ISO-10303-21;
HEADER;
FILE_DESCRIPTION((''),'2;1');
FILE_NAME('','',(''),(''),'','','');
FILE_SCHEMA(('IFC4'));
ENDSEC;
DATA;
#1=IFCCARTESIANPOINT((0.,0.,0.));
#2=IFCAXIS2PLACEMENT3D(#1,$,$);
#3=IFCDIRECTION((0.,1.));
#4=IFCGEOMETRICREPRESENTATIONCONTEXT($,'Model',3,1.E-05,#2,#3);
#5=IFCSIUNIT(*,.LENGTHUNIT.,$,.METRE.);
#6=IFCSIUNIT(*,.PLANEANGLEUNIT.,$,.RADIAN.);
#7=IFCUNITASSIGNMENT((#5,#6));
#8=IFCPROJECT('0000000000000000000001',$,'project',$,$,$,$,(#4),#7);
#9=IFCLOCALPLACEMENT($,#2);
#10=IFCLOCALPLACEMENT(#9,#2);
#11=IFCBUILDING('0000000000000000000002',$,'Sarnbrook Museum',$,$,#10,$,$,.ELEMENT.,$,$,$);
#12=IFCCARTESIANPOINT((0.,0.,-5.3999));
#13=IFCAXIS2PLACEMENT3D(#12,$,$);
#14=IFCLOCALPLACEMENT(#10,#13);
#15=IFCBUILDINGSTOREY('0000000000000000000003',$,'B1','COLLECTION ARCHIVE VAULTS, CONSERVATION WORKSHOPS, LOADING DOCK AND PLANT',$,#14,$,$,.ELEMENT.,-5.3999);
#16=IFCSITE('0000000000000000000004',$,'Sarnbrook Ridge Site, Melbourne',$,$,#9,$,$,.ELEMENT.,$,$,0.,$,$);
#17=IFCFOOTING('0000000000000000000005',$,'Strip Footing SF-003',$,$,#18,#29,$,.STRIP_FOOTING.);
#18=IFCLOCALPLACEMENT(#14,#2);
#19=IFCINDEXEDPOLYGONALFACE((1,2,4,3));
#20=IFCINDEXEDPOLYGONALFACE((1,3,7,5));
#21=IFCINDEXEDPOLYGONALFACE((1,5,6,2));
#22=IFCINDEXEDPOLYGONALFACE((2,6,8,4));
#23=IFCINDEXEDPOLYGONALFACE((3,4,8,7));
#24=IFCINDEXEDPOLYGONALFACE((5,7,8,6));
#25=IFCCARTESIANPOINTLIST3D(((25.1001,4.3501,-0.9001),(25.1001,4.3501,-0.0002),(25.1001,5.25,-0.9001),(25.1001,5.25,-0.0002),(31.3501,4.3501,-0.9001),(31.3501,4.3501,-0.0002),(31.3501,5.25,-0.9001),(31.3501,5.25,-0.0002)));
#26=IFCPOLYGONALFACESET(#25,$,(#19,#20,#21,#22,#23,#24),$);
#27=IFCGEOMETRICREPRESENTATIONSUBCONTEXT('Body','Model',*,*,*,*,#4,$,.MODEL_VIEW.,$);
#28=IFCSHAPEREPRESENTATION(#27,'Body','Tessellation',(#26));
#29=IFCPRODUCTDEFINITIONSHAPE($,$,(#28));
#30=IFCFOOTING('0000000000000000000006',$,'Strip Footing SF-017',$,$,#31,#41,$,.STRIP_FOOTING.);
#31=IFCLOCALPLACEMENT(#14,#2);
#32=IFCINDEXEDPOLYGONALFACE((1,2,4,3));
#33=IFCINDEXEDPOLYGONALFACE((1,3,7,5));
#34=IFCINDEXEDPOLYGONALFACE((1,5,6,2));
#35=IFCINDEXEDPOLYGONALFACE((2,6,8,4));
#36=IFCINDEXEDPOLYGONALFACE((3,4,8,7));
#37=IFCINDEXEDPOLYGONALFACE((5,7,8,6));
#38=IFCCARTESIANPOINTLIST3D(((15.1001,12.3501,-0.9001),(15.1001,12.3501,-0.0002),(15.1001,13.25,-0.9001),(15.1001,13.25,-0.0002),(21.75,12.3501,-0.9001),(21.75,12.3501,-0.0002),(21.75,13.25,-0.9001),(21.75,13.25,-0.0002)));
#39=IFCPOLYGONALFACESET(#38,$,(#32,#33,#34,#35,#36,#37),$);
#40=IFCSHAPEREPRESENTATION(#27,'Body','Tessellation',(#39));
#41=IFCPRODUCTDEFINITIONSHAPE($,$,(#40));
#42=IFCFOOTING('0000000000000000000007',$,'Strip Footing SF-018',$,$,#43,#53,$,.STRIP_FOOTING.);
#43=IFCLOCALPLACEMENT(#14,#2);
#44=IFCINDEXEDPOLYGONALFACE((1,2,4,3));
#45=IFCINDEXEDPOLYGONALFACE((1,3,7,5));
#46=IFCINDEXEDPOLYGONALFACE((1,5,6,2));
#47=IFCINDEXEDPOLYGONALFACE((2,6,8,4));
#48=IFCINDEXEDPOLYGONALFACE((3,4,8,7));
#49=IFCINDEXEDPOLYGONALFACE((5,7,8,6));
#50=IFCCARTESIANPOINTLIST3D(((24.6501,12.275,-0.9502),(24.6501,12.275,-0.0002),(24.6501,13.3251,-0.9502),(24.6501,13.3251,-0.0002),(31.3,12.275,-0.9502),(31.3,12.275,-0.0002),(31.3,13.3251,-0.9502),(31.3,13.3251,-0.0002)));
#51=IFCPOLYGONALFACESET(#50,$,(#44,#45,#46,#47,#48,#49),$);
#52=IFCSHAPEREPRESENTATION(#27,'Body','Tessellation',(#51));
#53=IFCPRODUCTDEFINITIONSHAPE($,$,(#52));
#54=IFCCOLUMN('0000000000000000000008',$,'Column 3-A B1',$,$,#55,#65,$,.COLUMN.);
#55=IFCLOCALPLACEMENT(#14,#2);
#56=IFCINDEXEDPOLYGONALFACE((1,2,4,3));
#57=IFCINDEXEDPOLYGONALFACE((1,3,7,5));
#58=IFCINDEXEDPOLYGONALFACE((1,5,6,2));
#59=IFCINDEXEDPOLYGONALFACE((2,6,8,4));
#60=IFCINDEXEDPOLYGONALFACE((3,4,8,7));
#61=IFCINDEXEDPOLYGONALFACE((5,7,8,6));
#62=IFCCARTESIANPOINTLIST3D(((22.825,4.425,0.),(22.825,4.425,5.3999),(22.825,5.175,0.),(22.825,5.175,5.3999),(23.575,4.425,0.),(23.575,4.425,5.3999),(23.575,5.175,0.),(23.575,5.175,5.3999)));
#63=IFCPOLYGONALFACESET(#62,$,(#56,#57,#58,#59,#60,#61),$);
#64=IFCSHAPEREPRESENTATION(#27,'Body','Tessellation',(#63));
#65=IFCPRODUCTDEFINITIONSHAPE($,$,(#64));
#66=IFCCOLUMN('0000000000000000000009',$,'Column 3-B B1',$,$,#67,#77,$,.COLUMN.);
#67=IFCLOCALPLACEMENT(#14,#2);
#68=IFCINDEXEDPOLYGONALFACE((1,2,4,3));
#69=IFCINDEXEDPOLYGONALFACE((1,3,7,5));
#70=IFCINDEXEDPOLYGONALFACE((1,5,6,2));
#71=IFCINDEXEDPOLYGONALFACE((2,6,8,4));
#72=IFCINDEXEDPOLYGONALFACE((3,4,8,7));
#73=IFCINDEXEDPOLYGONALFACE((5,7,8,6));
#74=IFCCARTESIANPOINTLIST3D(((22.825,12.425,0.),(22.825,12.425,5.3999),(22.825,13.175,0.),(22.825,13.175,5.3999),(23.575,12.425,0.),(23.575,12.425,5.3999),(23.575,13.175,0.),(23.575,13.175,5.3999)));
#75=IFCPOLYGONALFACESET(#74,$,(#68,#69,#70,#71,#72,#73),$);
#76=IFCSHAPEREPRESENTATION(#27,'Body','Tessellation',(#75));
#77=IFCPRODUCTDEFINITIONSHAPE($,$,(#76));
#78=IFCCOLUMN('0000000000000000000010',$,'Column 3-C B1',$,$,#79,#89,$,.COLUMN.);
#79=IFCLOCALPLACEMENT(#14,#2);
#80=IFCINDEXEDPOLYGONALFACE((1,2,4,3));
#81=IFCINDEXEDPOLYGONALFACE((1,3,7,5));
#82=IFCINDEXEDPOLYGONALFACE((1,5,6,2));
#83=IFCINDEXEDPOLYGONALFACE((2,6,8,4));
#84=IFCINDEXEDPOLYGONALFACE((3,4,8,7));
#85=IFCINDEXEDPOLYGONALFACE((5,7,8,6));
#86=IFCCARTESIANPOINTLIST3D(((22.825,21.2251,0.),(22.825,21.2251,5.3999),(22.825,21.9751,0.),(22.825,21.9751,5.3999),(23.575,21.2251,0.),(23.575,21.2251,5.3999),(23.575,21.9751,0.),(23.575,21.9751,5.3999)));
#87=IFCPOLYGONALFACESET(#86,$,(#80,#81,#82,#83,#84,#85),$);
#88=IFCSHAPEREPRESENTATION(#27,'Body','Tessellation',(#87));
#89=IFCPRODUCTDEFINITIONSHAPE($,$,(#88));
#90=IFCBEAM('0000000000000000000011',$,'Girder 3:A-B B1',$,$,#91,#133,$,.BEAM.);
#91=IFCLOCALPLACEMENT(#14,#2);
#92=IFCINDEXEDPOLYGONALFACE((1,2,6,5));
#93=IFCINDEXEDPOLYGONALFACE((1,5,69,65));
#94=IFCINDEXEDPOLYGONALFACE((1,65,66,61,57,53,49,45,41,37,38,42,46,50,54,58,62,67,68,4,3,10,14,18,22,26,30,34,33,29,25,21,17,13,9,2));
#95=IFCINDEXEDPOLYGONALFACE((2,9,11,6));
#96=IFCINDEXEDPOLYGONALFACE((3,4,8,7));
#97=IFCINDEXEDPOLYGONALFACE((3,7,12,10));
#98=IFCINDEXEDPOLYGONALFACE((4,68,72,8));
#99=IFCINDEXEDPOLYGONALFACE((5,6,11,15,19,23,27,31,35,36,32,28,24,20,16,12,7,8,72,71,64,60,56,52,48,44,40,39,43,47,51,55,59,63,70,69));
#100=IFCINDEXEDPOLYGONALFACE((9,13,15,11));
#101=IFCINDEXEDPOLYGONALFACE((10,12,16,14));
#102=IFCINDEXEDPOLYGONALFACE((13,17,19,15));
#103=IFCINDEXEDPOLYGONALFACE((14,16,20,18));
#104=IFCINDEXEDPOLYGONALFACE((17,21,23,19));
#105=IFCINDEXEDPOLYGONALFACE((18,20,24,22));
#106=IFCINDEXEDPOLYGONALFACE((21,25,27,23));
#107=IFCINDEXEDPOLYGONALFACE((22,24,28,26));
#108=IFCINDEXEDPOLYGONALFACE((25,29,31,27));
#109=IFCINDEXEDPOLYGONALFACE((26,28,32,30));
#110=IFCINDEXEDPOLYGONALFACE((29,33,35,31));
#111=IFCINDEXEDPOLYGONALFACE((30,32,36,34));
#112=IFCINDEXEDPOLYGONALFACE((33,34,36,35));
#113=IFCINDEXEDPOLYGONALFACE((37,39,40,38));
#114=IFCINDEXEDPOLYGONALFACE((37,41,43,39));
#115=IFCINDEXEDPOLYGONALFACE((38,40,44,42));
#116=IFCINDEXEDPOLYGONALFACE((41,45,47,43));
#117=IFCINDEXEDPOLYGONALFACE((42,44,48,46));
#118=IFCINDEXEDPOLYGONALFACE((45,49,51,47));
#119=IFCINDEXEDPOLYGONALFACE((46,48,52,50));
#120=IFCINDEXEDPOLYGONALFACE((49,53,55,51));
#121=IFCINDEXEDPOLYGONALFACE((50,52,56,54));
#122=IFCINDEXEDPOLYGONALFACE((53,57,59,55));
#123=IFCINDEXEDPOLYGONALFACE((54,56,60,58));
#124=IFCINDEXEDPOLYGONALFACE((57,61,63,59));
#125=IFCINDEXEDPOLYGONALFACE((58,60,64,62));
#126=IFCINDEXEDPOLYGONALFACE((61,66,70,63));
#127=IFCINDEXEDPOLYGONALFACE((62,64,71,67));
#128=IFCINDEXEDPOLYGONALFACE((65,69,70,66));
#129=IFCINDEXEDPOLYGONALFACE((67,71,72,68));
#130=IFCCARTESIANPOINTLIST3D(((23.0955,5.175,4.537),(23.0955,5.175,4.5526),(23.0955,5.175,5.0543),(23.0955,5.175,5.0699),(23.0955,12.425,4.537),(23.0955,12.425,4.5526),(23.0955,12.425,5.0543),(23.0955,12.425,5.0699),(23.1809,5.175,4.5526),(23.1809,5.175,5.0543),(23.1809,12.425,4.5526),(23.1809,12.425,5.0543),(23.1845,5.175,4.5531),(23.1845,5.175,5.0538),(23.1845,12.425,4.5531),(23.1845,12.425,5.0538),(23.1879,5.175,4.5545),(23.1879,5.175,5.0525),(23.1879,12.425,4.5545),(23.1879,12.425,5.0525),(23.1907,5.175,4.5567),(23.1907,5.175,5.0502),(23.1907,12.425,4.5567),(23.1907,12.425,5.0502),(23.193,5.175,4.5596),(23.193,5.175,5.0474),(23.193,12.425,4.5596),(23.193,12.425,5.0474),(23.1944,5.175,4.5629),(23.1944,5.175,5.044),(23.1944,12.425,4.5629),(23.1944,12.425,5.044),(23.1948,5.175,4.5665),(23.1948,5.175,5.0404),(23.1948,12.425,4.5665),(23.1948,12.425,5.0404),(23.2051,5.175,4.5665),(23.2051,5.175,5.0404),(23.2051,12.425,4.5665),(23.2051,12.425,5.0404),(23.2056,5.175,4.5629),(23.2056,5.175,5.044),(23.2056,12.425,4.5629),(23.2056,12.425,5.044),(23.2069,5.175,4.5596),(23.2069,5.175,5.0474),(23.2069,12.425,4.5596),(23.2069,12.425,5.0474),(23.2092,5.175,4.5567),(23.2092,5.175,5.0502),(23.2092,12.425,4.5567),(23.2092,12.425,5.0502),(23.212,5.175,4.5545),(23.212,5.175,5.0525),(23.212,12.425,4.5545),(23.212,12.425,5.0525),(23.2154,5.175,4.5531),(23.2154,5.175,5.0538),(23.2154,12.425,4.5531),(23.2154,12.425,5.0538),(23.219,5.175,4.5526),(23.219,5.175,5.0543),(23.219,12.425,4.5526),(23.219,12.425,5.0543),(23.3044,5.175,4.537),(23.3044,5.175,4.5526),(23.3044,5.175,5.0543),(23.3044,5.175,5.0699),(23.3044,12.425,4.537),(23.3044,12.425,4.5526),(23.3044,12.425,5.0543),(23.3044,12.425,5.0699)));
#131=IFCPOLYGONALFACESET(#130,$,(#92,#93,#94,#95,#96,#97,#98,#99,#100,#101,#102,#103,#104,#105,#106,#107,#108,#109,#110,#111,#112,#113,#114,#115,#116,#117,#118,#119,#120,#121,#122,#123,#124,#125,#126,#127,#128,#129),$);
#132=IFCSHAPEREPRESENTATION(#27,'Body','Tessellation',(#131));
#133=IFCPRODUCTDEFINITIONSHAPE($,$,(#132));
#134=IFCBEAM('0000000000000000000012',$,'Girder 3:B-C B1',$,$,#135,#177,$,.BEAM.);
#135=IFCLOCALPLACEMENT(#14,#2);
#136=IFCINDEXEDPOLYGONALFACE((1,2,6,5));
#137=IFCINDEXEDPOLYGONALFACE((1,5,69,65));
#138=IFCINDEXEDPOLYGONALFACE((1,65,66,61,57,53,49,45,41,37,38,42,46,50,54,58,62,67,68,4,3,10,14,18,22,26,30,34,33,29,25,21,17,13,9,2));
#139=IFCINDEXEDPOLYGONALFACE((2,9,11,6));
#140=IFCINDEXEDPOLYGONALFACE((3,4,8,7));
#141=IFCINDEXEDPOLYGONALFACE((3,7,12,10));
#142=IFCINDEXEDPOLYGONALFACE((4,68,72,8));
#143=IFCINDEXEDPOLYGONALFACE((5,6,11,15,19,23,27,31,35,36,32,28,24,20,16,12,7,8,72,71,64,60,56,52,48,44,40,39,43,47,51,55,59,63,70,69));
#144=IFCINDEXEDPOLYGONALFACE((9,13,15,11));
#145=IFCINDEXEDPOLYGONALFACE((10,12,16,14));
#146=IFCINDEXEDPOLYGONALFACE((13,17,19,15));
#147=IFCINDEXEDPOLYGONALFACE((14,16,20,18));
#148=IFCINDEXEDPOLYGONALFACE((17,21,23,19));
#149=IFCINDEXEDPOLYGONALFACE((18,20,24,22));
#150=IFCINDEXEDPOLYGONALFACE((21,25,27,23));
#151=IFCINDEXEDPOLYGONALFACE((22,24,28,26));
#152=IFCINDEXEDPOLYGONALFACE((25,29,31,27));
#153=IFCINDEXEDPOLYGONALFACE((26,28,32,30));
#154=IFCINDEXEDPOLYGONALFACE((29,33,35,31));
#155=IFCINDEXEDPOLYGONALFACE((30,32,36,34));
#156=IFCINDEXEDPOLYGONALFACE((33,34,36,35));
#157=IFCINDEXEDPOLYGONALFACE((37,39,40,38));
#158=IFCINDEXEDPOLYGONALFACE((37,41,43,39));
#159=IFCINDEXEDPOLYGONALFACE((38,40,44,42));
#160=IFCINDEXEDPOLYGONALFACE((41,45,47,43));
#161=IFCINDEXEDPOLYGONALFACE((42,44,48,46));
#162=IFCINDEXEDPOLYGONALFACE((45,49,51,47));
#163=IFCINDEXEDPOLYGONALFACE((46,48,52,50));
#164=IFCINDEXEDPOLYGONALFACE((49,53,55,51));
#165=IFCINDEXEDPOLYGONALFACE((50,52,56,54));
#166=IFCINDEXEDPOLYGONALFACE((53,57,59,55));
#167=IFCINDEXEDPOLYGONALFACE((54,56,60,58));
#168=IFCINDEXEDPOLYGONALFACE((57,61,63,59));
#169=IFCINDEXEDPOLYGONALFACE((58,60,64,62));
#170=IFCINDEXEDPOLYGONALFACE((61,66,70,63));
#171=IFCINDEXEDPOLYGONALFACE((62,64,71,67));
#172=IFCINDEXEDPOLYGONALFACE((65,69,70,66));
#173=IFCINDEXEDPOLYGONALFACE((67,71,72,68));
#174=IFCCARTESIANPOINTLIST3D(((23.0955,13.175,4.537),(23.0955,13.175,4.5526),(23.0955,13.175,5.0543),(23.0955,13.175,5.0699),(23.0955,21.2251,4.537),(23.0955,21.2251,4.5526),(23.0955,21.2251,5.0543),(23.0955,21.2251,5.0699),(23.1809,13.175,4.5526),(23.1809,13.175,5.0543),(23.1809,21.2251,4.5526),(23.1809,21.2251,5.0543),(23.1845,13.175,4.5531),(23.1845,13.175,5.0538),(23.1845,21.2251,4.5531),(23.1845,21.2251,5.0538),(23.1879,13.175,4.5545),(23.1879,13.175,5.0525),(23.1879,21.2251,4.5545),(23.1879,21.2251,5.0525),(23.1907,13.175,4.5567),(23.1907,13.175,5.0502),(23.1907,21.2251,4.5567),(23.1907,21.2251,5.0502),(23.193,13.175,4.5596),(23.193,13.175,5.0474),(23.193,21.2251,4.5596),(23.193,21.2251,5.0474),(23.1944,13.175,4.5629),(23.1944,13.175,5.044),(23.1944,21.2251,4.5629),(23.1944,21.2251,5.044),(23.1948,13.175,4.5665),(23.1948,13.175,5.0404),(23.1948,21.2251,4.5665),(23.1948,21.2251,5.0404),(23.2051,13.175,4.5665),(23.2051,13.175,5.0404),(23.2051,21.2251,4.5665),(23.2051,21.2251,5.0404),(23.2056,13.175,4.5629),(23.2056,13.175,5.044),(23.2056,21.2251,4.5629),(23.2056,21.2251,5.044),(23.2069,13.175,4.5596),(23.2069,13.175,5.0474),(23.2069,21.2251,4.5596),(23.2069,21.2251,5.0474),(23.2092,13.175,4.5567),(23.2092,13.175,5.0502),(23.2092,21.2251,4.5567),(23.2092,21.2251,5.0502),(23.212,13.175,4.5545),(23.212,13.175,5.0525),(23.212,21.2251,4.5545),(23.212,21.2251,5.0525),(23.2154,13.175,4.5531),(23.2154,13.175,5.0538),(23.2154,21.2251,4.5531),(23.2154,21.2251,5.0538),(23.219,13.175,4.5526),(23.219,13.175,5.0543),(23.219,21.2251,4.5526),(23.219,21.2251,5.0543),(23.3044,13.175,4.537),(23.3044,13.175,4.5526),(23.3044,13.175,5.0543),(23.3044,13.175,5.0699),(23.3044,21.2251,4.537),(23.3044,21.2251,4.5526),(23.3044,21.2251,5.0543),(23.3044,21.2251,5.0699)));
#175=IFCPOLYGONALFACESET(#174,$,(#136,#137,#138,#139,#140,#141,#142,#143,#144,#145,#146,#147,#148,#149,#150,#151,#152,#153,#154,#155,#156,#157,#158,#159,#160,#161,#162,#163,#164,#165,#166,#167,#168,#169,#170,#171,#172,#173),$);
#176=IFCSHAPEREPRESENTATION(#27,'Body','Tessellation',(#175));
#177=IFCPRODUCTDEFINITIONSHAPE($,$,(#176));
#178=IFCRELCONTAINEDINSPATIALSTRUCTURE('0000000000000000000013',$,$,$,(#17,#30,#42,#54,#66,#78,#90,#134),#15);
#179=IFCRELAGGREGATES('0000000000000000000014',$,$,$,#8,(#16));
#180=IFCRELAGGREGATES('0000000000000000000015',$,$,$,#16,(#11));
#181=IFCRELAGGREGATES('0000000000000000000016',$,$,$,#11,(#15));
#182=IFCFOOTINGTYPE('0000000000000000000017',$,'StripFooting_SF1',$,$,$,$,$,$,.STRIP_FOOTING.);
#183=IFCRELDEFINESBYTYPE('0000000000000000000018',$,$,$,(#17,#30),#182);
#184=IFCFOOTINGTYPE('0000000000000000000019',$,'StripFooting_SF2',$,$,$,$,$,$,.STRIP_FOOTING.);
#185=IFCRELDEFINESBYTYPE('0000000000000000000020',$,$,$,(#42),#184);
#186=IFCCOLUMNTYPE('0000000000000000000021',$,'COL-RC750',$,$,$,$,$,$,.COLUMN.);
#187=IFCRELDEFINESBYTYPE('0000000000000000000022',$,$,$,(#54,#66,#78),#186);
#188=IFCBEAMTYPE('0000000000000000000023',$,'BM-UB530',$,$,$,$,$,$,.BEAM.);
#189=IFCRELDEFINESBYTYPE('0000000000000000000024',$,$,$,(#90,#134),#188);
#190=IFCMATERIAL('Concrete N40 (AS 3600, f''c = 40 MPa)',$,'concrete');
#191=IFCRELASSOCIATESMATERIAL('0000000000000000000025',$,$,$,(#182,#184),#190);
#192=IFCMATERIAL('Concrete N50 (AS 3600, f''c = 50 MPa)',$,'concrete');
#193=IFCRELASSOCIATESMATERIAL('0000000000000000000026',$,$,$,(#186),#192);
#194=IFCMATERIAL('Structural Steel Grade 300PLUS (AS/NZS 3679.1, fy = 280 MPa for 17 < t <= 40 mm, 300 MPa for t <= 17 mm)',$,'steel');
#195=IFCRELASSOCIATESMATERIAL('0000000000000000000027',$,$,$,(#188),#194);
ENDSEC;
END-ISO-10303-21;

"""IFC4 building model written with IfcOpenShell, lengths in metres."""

from ifc_helpers import new_model, si_unit, direction, frame, origin, origin_2d, place, context, subcontext, project, spatial, rectangle, i_section, extrude, material, material_profile, profile_set, type_object, element, save


model = new_model("IFC4")

# Units and contexts
model_context = context("Model", 3, precision=1e-05, world=origin(), true_north=direction((0.0, 1.0)))
body_context = subcontext(model_context, "Body", "Model", "MODEL_VIEW")
ifc_project = project(units=[si_unit("LENGTHUNIT", "METRE"), si_unit("PLANEANGLEUNIT", "RADIAN")], contexts=[model_context])

# Site, building, storey
site_placement = place(None, origin())
site = spatial("IfcSite", under=ifc_project, at=site_placement, Name="Sarnbrook Ridge Site, Melbourne", CompositionType="ELEMENT", RefElevation=0.0)
building_placement = place(site_placement, origin())
building = spatial("IfcBuilding", under=site, at=building_placement, Name="Sarnbrook Museum", CompositionType="ELEMENT")
storey_placement = place(building_placement, frame((0.0, 0.0, -5.3999)))
storey = spatial("IfcBuildingStorey", under=building, at=storey_placement, Name="B1", Description="COLLECTION ARCHIVE VAULTS, CONSERVATION WORKSHOPS, LOADING DOCK AND PLANT", CompositionType="ELEMENT", Elevation=-5.3999)

# Shared definitions
ifc_material_1 = material(Name="Concrete N50 (AS 3600, f'c = 50 MPa)", Category="concrete")

# Footings
ifc_material_2 = material(Name="Concrete N40 (AS 3600, f'c = 40 MPa)", Category="concrete")
footing_type_1 = type_object("IfcFootingType", Name="StripFooting_SF1", PredefinedType="STRIP_FOOTING", material=ifc_material_2)
footing_1_placement = place(storey_placement, frame((28.2251, 4.8, -0.9001), z_axis=(0.0, 0.0, 1.0), x_axis=(1.0, 0.0, 0.0)))
element("IfcFooting", 1, at=footing_1_placement, inside=storey, type_object=footing_type_1, Name="Strip Footing SF-003", PredefinedType="STRIP_FOOTING", context=body_context, shape_type="SweptSolid", body=[
    extrude(rectangle(XDim=6.25, YDim=0.8999, at=origin_2d()), origin(), (0.0, 0.0, 1.0), 0.8999),
])
footing_2_placement = place(storey_placement, frame((18.425, 12.8, -0.9001), z_axis=(0.0, 0.0, 1.0), x_axis=(1.0, 0.0, 0.0)))
element("IfcFooting", 2, at=footing_2_placement, inside=storey, type_object=footing_type_1, Name="Strip Footing SF-017", PredefinedType="STRIP_FOOTING", context=body_context, shape_type="SweptSolid", body=[
    extrude(rectangle(XDim=6.6499, YDim=0.8999, at=origin_2d()), origin(), (0.0, 0.0, 1.0), 0.8999),
])
footing_type_2 = type_object("IfcFootingType", Name="StripFooting_SF2", PredefinedType="STRIP_FOOTING", material=ifc_material_2)
footing_3_placement = place(storey_placement, frame((27.9751, 12.8, -0.9502), z_axis=(0.0, 0.0, 1.0), x_axis=(1.0, 0.0, 0.0)))
element("IfcFooting", 3, at=footing_3_placement, inside=storey, type_object=footing_type_2, Name="Strip Footing SF-018", PredefinedType="STRIP_FOOTING", context=body_context, shape_type="SweptSolid", body=[
    extrude(rectangle(XDim=6.6499, YDim=1.05, at=origin_2d()), origin(), (0.0, 0.0, 1.0), 0.95),
])

# Columns
ifc_material_profile_1 = material_profile(ifc_material_1, rectangle(XDim=0.75, YDim=0.75, at=origin_2d()), Name="RC 750x750")
ifc_profile_set_1 = profile_set([ifc_material_profile_1], Name="Concrete N50 (AS 3600, f'c = 50 MPa)")
column_type = type_object("IfcColumnType", Name="COL-RC750", PredefinedType="COLUMN", material=ifc_profile_set_1)
for number, where, z_axis, x_axis, name in (
    (4, (23.2, 4.8, 0.0), (0.0, 0.0, 1.0), (1.0, 0.0, 0.0), "Column 3-A B1"),
    (5, (23.2, 12.8, 0.0), (0.0, 0.0, 1.0), (1.0, 0.0, 0.0), "Column 3-B B1"),
    (6, (23.2, 21.6001, 0.0), (0.0, 0.0, 1.0), (1.0, 0.0, 0.0), "Column 3-C B1"),
):
    element("IfcColumn", number, at=place(storey_placement, frame(where, z_axis=z_axis, x_axis=x_axis)), inside=storey, type_object=column_type, Name=name, PredefinedType="COLUMN", context=body_context, shape_type="SweptSolid", body=[
        extrude(rectangle(XDim=0.75, YDim=0.75, at=origin_2d()), origin(), (0.0, 0.0, 1.0), 5.3999),
    ])

# Beams
ifc_material_3 = material(Name="Structural Steel Grade 300PLUS (AS/NZS 3679.1, fy = 280 MPa for 17 < t <= 40 mm, 300 MPa for t <= 17 mm)", Category="steel")
ifc_material_profile_2 = material_profile(ifc_material_3, i_section(OverallWidth=0.209, OverallDepth=0.533, WebThickness=0.0103, FlangeThickness=0.0156, FilletRadius=0.0139, at=origin_2d()), Name="530UB92.4")
ifc_profile_set_2 = profile_set([ifc_material_profile_2], Name="Structural Steel Grade 300PLUS (AS/NZS 3679.1, fy = 280 MPa for 17 < t <= 40 mm, 300 MPa for t <= 17 mm)")
beam_type_1 = type_object("IfcBeamType", Name="BM-UB530", PredefinedType="BEAM", material=ifc_profile_set_2)
beam_1_placement = place(storey_placement, frame((23.2, 5.175, 4.8035), z_axis=(0.0, 1.0, 0.0), x_axis=(-1.0, 0.0, 0.0)))
element("IfcBeam", 7, at=beam_1_placement, inside=storey, type_object=beam_type_1, Name="Girder 3:A-B B1", PredefinedType="BEAM", context=body_context, shape_type="SweptSolid", body=[
    extrude(i_section(OverallWidth=0.209, OverallDepth=0.533, WebThickness=0.0103, FlangeThickness=0.0156, FilletRadius=0.0139, at=origin_2d()), origin(), (0.0, 0.0, 1.0), 7.25),
])
beam_2_placement = place(storey_placement, frame((23.2, 13.175, 4.8035), z_axis=(0.0, 1.0, 0.0), x_axis=(-1.0, 0.0, 0.0)))
element("IfcBeam", 8, at=beam_2_placement, inside=storey, type_object=beam_type_1, Name="Girder 3:B-C B1", PredefinedType="BEAM", context=body_context, shape_type="SweptSolid", body=[
    extrude(i_section(OverallWidth=0.209, OverallDepth=0.533, WebThickness=0.0103, FlangeThickness=0.0156, FilletRadius=0.0139, at=origin_2d()), origin(), (0.0, 0.0, 1.0), 8.05),
])

save(model, "model.ifc")
